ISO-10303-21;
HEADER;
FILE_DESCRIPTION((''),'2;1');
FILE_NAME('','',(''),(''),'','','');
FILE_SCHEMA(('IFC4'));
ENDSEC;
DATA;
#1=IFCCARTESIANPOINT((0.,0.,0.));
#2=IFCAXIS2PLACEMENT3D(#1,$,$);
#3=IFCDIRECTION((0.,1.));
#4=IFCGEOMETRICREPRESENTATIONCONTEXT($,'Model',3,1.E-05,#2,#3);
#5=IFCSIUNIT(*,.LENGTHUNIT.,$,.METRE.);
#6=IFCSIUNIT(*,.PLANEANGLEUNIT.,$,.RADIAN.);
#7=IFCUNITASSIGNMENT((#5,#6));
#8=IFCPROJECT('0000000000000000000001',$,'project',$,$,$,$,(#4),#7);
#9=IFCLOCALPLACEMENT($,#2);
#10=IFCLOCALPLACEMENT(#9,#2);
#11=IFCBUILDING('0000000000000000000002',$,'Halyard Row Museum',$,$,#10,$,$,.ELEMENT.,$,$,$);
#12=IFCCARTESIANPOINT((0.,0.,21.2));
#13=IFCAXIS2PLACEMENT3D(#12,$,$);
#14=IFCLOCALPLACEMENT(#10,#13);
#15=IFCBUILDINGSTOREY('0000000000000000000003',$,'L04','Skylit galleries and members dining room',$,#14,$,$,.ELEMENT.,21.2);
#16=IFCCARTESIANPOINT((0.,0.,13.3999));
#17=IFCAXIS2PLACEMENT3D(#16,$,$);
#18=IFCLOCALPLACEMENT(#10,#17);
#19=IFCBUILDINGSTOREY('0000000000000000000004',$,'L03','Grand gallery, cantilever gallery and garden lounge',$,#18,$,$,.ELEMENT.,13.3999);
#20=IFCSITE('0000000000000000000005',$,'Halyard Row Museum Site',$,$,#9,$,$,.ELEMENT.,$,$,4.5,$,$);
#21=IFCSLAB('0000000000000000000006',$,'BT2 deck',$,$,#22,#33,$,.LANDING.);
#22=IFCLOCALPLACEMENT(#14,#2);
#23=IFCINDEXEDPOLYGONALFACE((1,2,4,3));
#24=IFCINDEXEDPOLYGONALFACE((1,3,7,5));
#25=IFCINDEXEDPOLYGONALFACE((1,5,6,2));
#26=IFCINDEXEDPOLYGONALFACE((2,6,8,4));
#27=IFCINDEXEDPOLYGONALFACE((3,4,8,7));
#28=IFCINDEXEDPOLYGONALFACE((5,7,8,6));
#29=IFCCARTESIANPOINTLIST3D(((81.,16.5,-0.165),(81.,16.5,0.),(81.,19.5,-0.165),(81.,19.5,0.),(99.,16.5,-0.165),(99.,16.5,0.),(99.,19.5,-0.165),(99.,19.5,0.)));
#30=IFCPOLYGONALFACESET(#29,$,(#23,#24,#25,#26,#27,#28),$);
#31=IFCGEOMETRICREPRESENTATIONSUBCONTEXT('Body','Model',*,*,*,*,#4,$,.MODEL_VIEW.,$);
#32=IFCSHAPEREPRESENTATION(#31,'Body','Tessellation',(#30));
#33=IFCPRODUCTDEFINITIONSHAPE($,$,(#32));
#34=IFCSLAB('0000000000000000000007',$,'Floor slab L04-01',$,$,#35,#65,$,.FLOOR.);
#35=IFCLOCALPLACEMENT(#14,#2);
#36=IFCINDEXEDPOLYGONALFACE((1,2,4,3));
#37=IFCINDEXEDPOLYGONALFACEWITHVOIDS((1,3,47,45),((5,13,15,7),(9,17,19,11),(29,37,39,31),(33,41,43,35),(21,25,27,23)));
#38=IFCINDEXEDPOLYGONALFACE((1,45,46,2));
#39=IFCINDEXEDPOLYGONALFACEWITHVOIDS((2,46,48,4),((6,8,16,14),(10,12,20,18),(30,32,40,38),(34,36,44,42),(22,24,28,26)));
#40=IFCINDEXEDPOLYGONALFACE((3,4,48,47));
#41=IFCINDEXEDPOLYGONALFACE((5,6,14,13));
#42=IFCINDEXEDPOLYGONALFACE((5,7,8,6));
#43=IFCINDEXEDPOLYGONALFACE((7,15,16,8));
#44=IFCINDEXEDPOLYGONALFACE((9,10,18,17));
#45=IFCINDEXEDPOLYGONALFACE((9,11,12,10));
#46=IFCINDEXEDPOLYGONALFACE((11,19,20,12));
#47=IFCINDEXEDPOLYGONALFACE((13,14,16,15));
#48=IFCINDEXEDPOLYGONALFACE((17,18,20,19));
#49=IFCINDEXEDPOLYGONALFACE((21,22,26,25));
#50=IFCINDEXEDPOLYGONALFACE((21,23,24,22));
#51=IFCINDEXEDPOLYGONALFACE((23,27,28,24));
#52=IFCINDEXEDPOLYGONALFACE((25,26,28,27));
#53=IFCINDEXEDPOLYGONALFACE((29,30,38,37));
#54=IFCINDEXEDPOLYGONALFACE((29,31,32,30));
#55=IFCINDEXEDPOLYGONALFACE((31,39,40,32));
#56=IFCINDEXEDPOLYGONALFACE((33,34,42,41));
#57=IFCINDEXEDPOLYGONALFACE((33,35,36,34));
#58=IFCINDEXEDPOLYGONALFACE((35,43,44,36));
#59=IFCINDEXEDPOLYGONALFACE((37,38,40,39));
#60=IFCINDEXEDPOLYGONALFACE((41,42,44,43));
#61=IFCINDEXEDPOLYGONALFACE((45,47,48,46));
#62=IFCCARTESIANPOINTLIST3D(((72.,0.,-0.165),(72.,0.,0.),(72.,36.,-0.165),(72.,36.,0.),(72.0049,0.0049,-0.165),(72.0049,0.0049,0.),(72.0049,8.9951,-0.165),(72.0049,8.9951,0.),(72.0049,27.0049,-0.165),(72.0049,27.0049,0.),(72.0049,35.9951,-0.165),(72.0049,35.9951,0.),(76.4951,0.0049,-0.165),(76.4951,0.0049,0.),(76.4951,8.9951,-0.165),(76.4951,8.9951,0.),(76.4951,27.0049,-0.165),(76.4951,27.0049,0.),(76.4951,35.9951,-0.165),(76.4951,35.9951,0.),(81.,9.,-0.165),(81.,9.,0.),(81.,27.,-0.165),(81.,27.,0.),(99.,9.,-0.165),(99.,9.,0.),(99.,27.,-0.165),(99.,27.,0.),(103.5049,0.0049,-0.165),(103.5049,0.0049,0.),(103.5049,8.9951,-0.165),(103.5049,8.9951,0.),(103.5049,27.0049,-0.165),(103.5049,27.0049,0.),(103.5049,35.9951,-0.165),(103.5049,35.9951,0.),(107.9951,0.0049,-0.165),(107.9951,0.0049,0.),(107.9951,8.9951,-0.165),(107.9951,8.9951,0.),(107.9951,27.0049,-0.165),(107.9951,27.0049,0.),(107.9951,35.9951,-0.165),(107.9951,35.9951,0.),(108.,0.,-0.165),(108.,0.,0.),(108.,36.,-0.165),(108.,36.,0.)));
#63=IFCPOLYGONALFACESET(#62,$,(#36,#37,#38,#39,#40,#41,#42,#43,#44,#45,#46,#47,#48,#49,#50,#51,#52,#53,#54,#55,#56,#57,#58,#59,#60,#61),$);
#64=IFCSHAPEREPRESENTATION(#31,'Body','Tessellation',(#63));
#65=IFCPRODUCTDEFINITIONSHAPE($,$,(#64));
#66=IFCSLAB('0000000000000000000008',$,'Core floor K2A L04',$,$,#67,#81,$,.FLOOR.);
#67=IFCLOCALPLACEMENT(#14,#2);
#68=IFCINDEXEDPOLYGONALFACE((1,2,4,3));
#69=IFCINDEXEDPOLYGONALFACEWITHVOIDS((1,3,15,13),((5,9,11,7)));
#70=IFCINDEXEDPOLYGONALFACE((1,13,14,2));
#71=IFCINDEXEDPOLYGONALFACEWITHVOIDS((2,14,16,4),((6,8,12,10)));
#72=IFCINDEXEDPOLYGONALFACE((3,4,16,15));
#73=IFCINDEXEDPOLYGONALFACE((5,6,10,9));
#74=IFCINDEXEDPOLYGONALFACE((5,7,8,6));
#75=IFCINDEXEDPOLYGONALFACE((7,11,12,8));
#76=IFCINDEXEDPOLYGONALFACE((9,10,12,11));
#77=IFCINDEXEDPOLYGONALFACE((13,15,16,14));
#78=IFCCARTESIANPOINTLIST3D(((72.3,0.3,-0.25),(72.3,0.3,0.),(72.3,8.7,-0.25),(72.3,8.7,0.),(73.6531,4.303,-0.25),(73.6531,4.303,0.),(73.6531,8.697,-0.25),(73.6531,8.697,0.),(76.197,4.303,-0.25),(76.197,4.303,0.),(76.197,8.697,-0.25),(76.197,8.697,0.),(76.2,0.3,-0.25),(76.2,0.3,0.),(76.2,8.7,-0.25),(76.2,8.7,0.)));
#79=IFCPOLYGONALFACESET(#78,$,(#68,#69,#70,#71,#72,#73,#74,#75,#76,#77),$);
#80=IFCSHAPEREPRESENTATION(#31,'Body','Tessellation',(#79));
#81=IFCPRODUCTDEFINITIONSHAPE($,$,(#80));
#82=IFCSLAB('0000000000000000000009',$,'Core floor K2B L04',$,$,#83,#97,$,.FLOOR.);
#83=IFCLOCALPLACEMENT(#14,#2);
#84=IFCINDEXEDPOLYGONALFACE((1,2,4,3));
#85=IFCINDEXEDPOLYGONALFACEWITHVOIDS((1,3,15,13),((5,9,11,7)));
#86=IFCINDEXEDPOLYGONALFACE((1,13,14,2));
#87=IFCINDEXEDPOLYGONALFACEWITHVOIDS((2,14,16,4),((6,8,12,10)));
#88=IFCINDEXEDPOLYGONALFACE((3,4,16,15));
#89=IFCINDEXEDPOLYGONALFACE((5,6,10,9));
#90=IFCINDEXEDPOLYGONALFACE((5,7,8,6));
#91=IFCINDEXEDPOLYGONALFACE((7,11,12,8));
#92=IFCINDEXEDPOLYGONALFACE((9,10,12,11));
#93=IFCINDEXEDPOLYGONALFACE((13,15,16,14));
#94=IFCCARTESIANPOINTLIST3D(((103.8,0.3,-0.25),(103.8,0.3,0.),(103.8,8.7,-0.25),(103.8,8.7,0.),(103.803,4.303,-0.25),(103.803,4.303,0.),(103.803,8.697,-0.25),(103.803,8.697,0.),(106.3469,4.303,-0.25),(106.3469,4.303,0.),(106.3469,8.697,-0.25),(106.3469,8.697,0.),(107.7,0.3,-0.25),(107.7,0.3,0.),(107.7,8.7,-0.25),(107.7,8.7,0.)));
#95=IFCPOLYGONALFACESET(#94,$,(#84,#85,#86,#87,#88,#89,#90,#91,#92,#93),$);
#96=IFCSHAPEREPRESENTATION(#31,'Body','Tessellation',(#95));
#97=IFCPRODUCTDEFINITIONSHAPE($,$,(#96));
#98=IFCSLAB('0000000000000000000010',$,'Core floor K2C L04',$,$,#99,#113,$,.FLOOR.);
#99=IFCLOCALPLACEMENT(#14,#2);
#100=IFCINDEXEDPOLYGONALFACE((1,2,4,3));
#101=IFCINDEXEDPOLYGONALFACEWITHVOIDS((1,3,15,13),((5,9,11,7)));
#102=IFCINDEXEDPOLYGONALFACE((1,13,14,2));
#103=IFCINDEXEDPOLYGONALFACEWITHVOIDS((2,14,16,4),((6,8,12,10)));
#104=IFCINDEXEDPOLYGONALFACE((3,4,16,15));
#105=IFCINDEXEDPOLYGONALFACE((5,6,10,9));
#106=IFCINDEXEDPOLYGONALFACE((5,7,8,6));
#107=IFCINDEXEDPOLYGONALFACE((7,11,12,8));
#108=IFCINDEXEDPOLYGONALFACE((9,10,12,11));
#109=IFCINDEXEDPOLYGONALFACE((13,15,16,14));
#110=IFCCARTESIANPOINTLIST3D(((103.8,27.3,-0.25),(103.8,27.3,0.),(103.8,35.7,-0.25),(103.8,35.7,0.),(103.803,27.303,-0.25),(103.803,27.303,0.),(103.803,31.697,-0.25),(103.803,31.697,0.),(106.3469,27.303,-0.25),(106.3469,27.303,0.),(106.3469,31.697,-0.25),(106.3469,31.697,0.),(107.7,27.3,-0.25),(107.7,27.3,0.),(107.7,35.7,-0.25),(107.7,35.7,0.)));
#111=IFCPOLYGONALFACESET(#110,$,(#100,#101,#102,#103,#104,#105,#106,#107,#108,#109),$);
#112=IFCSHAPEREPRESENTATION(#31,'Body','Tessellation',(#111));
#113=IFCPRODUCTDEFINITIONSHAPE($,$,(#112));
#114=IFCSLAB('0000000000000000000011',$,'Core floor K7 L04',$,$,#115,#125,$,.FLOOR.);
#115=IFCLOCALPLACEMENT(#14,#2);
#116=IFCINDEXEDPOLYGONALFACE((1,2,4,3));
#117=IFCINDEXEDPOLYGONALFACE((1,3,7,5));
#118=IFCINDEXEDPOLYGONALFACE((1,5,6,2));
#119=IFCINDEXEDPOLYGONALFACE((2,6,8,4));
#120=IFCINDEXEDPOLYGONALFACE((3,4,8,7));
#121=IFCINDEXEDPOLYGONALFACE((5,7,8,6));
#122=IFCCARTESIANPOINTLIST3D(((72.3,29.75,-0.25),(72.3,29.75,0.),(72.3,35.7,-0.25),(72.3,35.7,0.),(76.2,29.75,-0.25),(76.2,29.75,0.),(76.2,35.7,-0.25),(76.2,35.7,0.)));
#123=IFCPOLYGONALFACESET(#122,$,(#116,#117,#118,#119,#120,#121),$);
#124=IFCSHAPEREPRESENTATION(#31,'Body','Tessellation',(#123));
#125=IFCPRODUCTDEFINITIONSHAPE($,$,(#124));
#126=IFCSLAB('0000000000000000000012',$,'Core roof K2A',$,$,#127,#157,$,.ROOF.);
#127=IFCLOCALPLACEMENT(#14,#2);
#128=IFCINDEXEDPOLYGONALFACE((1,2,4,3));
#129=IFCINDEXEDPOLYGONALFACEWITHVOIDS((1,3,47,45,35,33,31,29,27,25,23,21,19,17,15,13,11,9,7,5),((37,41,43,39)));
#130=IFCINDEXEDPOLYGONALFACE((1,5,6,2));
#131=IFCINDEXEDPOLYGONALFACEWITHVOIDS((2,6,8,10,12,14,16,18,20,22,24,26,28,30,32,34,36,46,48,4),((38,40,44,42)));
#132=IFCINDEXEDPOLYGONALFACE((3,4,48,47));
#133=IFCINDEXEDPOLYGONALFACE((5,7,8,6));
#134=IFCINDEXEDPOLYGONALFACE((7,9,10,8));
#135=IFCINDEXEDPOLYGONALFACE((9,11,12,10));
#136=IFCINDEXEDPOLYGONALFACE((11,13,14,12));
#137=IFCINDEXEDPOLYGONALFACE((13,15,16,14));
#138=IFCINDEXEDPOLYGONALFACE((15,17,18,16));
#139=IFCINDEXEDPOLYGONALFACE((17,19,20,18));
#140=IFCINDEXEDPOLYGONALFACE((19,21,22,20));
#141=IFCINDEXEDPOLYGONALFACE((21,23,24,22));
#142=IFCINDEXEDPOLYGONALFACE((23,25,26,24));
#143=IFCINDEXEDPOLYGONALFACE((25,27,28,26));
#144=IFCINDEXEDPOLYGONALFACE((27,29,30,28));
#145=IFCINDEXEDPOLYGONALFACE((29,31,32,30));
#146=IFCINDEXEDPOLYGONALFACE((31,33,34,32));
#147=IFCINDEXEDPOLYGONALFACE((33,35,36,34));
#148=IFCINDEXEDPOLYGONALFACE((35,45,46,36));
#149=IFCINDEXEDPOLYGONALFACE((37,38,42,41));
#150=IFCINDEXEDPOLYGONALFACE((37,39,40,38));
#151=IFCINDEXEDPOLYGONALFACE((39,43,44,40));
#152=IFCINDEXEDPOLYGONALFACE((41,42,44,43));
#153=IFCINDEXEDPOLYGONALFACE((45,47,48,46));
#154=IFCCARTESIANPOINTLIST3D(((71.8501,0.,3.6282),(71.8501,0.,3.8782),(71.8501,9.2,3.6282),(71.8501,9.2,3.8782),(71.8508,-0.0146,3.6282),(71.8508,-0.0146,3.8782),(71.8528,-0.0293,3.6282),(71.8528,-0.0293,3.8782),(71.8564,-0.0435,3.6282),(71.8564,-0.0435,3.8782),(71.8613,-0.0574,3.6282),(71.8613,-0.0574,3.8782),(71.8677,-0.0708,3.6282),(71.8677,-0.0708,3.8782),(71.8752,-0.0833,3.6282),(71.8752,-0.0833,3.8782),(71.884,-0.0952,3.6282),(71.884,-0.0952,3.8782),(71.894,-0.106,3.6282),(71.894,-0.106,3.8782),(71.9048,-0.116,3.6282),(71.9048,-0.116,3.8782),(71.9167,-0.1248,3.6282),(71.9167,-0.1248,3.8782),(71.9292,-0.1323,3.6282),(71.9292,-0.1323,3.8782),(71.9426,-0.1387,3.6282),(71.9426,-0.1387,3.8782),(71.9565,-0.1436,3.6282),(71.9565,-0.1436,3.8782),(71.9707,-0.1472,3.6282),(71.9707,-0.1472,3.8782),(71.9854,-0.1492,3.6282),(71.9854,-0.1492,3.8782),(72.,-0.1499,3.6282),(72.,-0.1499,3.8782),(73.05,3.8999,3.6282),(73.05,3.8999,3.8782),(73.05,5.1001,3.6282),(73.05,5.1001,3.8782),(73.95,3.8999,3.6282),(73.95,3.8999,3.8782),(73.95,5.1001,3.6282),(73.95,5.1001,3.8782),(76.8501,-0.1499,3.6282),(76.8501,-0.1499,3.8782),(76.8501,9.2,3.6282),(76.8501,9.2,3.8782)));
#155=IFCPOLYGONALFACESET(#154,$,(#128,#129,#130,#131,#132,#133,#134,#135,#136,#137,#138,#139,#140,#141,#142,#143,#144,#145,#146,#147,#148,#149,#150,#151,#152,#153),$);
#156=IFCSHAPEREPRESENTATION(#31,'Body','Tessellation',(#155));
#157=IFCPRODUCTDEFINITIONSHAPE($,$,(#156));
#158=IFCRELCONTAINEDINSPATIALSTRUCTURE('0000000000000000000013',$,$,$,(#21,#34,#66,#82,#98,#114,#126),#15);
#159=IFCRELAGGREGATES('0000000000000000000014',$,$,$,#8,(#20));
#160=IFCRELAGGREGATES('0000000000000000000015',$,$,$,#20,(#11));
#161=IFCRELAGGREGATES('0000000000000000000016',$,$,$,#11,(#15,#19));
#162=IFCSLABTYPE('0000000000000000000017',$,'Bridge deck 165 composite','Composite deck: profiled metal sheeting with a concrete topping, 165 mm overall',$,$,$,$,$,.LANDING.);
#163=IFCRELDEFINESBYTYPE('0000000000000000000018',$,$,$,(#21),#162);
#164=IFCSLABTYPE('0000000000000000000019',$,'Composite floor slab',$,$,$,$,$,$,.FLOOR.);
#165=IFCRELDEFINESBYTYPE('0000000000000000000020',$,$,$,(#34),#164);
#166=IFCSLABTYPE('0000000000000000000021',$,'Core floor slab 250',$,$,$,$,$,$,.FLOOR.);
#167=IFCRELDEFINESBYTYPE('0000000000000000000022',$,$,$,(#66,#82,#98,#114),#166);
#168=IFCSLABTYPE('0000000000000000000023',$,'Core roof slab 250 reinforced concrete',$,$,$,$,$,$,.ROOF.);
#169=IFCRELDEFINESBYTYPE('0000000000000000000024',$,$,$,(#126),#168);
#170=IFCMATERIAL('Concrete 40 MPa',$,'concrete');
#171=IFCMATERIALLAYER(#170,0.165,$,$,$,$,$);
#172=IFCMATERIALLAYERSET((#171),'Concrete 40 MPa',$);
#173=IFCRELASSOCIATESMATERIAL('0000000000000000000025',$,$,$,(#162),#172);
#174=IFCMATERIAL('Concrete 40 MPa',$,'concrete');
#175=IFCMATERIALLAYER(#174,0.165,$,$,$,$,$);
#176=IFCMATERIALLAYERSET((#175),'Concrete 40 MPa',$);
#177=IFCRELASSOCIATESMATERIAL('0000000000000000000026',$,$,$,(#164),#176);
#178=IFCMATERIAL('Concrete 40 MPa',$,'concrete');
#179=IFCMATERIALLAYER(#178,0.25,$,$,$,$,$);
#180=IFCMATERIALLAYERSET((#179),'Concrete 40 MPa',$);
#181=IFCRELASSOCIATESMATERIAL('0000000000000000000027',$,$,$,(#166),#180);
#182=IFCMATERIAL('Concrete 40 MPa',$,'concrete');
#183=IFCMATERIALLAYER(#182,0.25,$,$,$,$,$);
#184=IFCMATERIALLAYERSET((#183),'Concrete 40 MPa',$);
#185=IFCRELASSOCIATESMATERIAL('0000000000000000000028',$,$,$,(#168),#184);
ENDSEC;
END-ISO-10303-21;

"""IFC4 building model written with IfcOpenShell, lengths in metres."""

from ifc_helpers import new_model, si_unit, direction, frame, origin, place, context, subcontext, project, spatial, polyline, outline, extrude, material, layer, layer_set, type_object, element, save


model = new_model("IFC4")

# Units and contexts
model_context = context("Model", 3, precision=1e-05, world=origin(), true_north=direction((0.0, 1.0)))
body_context = subcontext(model_context, "Body", "Model", "MODEL_VIEW")
ifc_project = project(units=[si_unit("LENGTHUNIT", "METRE"), si_unit("PLANEANGLEUNIT", "RADIAN")], contexts=[model_context])

# Site, building, storey
site_placement = place(None, origin())
site = spatial("IfcSite", under=ifc_project, at=site_placement, Name="Halyard Row Museum Site", CompositionType="ELEMENT", RefElevation=4.5)
building_placement = place(site_placement, origin())
building = spatial("IfcBuilding", under=site, at=building_placement, Name="Halyard Row Museum", CompositionType="ELEMENT")
storey_1_placement = place(building_placement, frame((0.0, 0.0, 21.2)))
storey_1 = spatial("IfcBuildingStorey", under=building, at=storey_1_placement, Name="L04", Description="Skylit galleries and members dining room", CompositionType="ELEMENT", Elevation=21.2)

# Slabs
ifc_material_1 = material(Name="Concrete 40 MPa", Category="concrete")
ifc_layer_1 = layer(ifc_material_1, 0.165)
ifc_layer_set_1 = layer_set([ifc_layer_1], Name="Concrete 40 MPa")
slab_type_1 = type_object("IfcSlabType", Name="Bridge deck 165 composite", Description="Composite deck: profiled metal sheeting with a concrete topping, 165 mm overall", PredefinedType="LANDING", material=ifc_layer_set_1)
slab_1_placement = place(storey_1_placement, frame((0.0, 0.0, -0.165)))
element("IfcSlab", 1, at=slab_1_placement, inside=storey_1, type_object=slab_type_1, Name="BT2 deck", PredefinedType="LANDING", context=body_context, shape_type="SweptSolid", body=[
    extrude(outline(polyline([(81.0, 16.5), (99.0, 16.5), (99.0, 19.5), (81.0, 19.5), (81.0, 16.5)])), origin(), (0.0, 0.0, 1.0), 0.165),
])
ifc_material_2 = material(Name="Concrete 40 MPa", Category="concrete")
ifc_layer_2 = layer(ifc_material_2, 0.165)
ifc_layer_set_2 = layer_set([ifc_layer_2], Name="Concrete 40 MPa")
slab_type_2 = type_object("IfcSlabType", Name="Composite floor slab", PredefinedType="FLOOR", material=ifc_layer_set_2)
slab_2_placement = place(storey_1_placement, frame((0.0, 0.0, -0.165)))
element("IfcSlab", 2, at=slab_2_placement, inside=storey_1, type_object=slab_type_2, Name="Floor slab L04-01", PredefinedType="FLOOR", context=body_context, shape_type="SweptSolid", body=[
    extrude(outline(polyline([(108.0, 36.0), (72.0, 36.0), (72.0, 0.0), (108.0, 0.0), (108.0, 36.0)]), holes=[polyline([(81.0, 9.0), (81.0, 27.0), (99.0, 27.0), (99.0, 9.0), (81.0, 9.0)]), polyline([(76.4951, 0.0049), (72.0049, 0.0049), (72.0049, 8.9951), (76.4951, 8.9951), (76.4951, 0.0049)]), polyline([(107.9951, 0.0049), (103.5049, 0.0049), (103.5049, 8.9951), (107.9951, 8.9951), (107.9951, 0.0049)]), polyline([(76.4951, 27.0049), (72.0049, 27.0049), (72.0049, 35.9951), (76.4951, 35.9951), (76.4951, 27.0049)]), polyline([(107.9951, 27.0049), (103.5049, 27.0049), (103.5049, 35.9951), (107.9951, 35.9951), (107.9951, 27.0049)])]), origin(), (0.0, 0.0, 1.0), 0.165),
])
ifc_material_3 = material(Name="Concrete 40 MPa", Category="concrete")
ifc_layer_3 = layer(ifc_material_3, 0.25)
ifc_layer_set_3 = layer_set([ifc_layer_3], Name="Concrete 40 MPa")
slab_type_3 = type_object("IfcSlabType", Name="Core floor slab 250", PredefinedType="FLOOR", material=ifc_layer_set_3)
slab_3_placement = place(storey_1_placement, frame((0.0, 0.0, -0.25)))
element("IfcSlab", 3, at=slab_3_placement, inside=storey_1, type_object=slab_type_3, Name="Core floor K2A L04", PredefinedType="FLOOR", context=body_context, shape_type="SweptSolid", body=[
    extrude(outline(polyline([(76.2, 8.7), (72.3, 8.7), (72.3, 0.3), (76.2, 0.3), (76.2, 8.7)]), holes=[polyline([(73.6531, 8.697), (76.197, 8.697), (76.197, 4.303), (73.6531, 4.303), (73.6531, 8.697)])]), origin(), (0.0, 0.0, 1.0), 0.25),
])
slab_4_placement = place(storey_1_placement, frame((0.0, 0.0, -0.25)))
element("IfcSlab", 4, at=slab_4_placement, inside=storey_1, type_object=slab_type_3, Name="Core floor K2B L04", PredefinedType="FLOOR", context=body_context, shape_type="SweptSolid", body=[
    extrude(outline(polyline([(107.7, 8.7), (103.8, 8.7), (103.8, 0.3), (107.7, 0.3), (107.7, 8.7)]), holes=[polyline([(106.3469, 8.697), (106.3469, 4.303), (103.803, 4.303), (103.803, 8.697), (106.3469, 8.697)])]), origin(), (0.0, 0.0, 1.0), 0.25),
])
slab_5_placement = place(storey_1_placement, frame((0.0, 0.0, -0.25)))
element("IfcSlab", 5, at=slab_5_placement, inside=storey_1, type_object=slab_type_3, Name="Core floor K2C L04", PredefinedType="FLOOR", context=body_context, shape_type="SweptSolid", body=[
    extrude(outline(polyline([(107.7, 35.7), (103.8, 35.7), (103.8, 27.3), (107.7, 27.3), (107.7, 35.7)]), holes=[polyline([(106.3469, 27.303), (103.803, 27.303), (103.803, 31.697), (106.3469, 31.697), (106.3469, 27.303)])]), origin(), (0.0, 0.0, 1.0), 0.25),
])
slab_6_placement = place(storey_1_placement, frame((0.0, 0.0, -0.25)))
element("IfcSlab", 6, at=slab_6_placement, inside=storey_1, type_object=slab_type_3, Name="Core floor K7 L04", PredefinedType="FLOOR", context=body_context, shape_type="SweptSolid", body=[
    extrude(outline(polyline([(76.2, 35.7), (72.3, 35.7), (72.3, 29.75), (76.2, 29.75), (76.2, 35.7)])), origin(), (0.0, 0.0, 1.0), 0.25),
])
ifc_material_4 = material(Name="Concrete 40 MPa", Category="concrete")
ifc_layer_4 = layer(ifc_material_4, 0.25)
ifc_layer_set_4 = layer_set([ifc_layer_4], Name="Concrete 40 MPa")
slab_type_4 = type_object("IfcSlabType", Name="Core roof slab 250 reinforced concrete", PredefinedType="ROOF", material=ifc_layer_set_4)
slab_7_placement = place(storey_1_placement, frame((0.0, 0.0, 3.6282)))
element("IfcSlab", 7, at=slab_7_placement, inside=storey_1, type_object=slab_type_4, Name="Core roof K2A", PredefinedType="ROOF", context=body_context, shape_type="SweptSolid", body=[
    extrude(outline(polyline([(76.8501, -0.1499), (72.0, -0.1499), (71.9854, -0.1492), (71.9707, -0.1472), (71.9565, -0.1436), (71.9426, -0.1387), (71.9292, -0.1323), (71.9167, -0.1248), (71.9048, -0.116), (71.894, -0.106), (71.884, -0.0952), (71.8752, -0.0833), (71.8677, -0.0708), (71.8613, -0.0574), (71.8564, -0.0435), (71.8528, -0.0293), (71.8508, -0.0146), (71.8501, 0.0), (71.8501, 9.2), (76.8501, 9.2), (76.8501, -0.1499)]), holes=[polyline([(73.05, 3.8999), (73.95, 3.8999), (73.95, 5.1001), (73.05, 5.1001), (73.05, 3.8999)])]), origin(), (0.0, 0.0, 1.0), 0.25),
])

# Shared definitions
storey_2_placement = place(building_placement, frame((0.0, 0.0, 13.3999)))
storey_2 = spatial("IfcBuildingStorey", under=building, at=storey_2_placement, Name="L03", Description="Grand gallery, cantilever gallery and garden lounge", CompositionType="ELEMENT", Elevation=13.3999)

save(model, "model.ifc")
